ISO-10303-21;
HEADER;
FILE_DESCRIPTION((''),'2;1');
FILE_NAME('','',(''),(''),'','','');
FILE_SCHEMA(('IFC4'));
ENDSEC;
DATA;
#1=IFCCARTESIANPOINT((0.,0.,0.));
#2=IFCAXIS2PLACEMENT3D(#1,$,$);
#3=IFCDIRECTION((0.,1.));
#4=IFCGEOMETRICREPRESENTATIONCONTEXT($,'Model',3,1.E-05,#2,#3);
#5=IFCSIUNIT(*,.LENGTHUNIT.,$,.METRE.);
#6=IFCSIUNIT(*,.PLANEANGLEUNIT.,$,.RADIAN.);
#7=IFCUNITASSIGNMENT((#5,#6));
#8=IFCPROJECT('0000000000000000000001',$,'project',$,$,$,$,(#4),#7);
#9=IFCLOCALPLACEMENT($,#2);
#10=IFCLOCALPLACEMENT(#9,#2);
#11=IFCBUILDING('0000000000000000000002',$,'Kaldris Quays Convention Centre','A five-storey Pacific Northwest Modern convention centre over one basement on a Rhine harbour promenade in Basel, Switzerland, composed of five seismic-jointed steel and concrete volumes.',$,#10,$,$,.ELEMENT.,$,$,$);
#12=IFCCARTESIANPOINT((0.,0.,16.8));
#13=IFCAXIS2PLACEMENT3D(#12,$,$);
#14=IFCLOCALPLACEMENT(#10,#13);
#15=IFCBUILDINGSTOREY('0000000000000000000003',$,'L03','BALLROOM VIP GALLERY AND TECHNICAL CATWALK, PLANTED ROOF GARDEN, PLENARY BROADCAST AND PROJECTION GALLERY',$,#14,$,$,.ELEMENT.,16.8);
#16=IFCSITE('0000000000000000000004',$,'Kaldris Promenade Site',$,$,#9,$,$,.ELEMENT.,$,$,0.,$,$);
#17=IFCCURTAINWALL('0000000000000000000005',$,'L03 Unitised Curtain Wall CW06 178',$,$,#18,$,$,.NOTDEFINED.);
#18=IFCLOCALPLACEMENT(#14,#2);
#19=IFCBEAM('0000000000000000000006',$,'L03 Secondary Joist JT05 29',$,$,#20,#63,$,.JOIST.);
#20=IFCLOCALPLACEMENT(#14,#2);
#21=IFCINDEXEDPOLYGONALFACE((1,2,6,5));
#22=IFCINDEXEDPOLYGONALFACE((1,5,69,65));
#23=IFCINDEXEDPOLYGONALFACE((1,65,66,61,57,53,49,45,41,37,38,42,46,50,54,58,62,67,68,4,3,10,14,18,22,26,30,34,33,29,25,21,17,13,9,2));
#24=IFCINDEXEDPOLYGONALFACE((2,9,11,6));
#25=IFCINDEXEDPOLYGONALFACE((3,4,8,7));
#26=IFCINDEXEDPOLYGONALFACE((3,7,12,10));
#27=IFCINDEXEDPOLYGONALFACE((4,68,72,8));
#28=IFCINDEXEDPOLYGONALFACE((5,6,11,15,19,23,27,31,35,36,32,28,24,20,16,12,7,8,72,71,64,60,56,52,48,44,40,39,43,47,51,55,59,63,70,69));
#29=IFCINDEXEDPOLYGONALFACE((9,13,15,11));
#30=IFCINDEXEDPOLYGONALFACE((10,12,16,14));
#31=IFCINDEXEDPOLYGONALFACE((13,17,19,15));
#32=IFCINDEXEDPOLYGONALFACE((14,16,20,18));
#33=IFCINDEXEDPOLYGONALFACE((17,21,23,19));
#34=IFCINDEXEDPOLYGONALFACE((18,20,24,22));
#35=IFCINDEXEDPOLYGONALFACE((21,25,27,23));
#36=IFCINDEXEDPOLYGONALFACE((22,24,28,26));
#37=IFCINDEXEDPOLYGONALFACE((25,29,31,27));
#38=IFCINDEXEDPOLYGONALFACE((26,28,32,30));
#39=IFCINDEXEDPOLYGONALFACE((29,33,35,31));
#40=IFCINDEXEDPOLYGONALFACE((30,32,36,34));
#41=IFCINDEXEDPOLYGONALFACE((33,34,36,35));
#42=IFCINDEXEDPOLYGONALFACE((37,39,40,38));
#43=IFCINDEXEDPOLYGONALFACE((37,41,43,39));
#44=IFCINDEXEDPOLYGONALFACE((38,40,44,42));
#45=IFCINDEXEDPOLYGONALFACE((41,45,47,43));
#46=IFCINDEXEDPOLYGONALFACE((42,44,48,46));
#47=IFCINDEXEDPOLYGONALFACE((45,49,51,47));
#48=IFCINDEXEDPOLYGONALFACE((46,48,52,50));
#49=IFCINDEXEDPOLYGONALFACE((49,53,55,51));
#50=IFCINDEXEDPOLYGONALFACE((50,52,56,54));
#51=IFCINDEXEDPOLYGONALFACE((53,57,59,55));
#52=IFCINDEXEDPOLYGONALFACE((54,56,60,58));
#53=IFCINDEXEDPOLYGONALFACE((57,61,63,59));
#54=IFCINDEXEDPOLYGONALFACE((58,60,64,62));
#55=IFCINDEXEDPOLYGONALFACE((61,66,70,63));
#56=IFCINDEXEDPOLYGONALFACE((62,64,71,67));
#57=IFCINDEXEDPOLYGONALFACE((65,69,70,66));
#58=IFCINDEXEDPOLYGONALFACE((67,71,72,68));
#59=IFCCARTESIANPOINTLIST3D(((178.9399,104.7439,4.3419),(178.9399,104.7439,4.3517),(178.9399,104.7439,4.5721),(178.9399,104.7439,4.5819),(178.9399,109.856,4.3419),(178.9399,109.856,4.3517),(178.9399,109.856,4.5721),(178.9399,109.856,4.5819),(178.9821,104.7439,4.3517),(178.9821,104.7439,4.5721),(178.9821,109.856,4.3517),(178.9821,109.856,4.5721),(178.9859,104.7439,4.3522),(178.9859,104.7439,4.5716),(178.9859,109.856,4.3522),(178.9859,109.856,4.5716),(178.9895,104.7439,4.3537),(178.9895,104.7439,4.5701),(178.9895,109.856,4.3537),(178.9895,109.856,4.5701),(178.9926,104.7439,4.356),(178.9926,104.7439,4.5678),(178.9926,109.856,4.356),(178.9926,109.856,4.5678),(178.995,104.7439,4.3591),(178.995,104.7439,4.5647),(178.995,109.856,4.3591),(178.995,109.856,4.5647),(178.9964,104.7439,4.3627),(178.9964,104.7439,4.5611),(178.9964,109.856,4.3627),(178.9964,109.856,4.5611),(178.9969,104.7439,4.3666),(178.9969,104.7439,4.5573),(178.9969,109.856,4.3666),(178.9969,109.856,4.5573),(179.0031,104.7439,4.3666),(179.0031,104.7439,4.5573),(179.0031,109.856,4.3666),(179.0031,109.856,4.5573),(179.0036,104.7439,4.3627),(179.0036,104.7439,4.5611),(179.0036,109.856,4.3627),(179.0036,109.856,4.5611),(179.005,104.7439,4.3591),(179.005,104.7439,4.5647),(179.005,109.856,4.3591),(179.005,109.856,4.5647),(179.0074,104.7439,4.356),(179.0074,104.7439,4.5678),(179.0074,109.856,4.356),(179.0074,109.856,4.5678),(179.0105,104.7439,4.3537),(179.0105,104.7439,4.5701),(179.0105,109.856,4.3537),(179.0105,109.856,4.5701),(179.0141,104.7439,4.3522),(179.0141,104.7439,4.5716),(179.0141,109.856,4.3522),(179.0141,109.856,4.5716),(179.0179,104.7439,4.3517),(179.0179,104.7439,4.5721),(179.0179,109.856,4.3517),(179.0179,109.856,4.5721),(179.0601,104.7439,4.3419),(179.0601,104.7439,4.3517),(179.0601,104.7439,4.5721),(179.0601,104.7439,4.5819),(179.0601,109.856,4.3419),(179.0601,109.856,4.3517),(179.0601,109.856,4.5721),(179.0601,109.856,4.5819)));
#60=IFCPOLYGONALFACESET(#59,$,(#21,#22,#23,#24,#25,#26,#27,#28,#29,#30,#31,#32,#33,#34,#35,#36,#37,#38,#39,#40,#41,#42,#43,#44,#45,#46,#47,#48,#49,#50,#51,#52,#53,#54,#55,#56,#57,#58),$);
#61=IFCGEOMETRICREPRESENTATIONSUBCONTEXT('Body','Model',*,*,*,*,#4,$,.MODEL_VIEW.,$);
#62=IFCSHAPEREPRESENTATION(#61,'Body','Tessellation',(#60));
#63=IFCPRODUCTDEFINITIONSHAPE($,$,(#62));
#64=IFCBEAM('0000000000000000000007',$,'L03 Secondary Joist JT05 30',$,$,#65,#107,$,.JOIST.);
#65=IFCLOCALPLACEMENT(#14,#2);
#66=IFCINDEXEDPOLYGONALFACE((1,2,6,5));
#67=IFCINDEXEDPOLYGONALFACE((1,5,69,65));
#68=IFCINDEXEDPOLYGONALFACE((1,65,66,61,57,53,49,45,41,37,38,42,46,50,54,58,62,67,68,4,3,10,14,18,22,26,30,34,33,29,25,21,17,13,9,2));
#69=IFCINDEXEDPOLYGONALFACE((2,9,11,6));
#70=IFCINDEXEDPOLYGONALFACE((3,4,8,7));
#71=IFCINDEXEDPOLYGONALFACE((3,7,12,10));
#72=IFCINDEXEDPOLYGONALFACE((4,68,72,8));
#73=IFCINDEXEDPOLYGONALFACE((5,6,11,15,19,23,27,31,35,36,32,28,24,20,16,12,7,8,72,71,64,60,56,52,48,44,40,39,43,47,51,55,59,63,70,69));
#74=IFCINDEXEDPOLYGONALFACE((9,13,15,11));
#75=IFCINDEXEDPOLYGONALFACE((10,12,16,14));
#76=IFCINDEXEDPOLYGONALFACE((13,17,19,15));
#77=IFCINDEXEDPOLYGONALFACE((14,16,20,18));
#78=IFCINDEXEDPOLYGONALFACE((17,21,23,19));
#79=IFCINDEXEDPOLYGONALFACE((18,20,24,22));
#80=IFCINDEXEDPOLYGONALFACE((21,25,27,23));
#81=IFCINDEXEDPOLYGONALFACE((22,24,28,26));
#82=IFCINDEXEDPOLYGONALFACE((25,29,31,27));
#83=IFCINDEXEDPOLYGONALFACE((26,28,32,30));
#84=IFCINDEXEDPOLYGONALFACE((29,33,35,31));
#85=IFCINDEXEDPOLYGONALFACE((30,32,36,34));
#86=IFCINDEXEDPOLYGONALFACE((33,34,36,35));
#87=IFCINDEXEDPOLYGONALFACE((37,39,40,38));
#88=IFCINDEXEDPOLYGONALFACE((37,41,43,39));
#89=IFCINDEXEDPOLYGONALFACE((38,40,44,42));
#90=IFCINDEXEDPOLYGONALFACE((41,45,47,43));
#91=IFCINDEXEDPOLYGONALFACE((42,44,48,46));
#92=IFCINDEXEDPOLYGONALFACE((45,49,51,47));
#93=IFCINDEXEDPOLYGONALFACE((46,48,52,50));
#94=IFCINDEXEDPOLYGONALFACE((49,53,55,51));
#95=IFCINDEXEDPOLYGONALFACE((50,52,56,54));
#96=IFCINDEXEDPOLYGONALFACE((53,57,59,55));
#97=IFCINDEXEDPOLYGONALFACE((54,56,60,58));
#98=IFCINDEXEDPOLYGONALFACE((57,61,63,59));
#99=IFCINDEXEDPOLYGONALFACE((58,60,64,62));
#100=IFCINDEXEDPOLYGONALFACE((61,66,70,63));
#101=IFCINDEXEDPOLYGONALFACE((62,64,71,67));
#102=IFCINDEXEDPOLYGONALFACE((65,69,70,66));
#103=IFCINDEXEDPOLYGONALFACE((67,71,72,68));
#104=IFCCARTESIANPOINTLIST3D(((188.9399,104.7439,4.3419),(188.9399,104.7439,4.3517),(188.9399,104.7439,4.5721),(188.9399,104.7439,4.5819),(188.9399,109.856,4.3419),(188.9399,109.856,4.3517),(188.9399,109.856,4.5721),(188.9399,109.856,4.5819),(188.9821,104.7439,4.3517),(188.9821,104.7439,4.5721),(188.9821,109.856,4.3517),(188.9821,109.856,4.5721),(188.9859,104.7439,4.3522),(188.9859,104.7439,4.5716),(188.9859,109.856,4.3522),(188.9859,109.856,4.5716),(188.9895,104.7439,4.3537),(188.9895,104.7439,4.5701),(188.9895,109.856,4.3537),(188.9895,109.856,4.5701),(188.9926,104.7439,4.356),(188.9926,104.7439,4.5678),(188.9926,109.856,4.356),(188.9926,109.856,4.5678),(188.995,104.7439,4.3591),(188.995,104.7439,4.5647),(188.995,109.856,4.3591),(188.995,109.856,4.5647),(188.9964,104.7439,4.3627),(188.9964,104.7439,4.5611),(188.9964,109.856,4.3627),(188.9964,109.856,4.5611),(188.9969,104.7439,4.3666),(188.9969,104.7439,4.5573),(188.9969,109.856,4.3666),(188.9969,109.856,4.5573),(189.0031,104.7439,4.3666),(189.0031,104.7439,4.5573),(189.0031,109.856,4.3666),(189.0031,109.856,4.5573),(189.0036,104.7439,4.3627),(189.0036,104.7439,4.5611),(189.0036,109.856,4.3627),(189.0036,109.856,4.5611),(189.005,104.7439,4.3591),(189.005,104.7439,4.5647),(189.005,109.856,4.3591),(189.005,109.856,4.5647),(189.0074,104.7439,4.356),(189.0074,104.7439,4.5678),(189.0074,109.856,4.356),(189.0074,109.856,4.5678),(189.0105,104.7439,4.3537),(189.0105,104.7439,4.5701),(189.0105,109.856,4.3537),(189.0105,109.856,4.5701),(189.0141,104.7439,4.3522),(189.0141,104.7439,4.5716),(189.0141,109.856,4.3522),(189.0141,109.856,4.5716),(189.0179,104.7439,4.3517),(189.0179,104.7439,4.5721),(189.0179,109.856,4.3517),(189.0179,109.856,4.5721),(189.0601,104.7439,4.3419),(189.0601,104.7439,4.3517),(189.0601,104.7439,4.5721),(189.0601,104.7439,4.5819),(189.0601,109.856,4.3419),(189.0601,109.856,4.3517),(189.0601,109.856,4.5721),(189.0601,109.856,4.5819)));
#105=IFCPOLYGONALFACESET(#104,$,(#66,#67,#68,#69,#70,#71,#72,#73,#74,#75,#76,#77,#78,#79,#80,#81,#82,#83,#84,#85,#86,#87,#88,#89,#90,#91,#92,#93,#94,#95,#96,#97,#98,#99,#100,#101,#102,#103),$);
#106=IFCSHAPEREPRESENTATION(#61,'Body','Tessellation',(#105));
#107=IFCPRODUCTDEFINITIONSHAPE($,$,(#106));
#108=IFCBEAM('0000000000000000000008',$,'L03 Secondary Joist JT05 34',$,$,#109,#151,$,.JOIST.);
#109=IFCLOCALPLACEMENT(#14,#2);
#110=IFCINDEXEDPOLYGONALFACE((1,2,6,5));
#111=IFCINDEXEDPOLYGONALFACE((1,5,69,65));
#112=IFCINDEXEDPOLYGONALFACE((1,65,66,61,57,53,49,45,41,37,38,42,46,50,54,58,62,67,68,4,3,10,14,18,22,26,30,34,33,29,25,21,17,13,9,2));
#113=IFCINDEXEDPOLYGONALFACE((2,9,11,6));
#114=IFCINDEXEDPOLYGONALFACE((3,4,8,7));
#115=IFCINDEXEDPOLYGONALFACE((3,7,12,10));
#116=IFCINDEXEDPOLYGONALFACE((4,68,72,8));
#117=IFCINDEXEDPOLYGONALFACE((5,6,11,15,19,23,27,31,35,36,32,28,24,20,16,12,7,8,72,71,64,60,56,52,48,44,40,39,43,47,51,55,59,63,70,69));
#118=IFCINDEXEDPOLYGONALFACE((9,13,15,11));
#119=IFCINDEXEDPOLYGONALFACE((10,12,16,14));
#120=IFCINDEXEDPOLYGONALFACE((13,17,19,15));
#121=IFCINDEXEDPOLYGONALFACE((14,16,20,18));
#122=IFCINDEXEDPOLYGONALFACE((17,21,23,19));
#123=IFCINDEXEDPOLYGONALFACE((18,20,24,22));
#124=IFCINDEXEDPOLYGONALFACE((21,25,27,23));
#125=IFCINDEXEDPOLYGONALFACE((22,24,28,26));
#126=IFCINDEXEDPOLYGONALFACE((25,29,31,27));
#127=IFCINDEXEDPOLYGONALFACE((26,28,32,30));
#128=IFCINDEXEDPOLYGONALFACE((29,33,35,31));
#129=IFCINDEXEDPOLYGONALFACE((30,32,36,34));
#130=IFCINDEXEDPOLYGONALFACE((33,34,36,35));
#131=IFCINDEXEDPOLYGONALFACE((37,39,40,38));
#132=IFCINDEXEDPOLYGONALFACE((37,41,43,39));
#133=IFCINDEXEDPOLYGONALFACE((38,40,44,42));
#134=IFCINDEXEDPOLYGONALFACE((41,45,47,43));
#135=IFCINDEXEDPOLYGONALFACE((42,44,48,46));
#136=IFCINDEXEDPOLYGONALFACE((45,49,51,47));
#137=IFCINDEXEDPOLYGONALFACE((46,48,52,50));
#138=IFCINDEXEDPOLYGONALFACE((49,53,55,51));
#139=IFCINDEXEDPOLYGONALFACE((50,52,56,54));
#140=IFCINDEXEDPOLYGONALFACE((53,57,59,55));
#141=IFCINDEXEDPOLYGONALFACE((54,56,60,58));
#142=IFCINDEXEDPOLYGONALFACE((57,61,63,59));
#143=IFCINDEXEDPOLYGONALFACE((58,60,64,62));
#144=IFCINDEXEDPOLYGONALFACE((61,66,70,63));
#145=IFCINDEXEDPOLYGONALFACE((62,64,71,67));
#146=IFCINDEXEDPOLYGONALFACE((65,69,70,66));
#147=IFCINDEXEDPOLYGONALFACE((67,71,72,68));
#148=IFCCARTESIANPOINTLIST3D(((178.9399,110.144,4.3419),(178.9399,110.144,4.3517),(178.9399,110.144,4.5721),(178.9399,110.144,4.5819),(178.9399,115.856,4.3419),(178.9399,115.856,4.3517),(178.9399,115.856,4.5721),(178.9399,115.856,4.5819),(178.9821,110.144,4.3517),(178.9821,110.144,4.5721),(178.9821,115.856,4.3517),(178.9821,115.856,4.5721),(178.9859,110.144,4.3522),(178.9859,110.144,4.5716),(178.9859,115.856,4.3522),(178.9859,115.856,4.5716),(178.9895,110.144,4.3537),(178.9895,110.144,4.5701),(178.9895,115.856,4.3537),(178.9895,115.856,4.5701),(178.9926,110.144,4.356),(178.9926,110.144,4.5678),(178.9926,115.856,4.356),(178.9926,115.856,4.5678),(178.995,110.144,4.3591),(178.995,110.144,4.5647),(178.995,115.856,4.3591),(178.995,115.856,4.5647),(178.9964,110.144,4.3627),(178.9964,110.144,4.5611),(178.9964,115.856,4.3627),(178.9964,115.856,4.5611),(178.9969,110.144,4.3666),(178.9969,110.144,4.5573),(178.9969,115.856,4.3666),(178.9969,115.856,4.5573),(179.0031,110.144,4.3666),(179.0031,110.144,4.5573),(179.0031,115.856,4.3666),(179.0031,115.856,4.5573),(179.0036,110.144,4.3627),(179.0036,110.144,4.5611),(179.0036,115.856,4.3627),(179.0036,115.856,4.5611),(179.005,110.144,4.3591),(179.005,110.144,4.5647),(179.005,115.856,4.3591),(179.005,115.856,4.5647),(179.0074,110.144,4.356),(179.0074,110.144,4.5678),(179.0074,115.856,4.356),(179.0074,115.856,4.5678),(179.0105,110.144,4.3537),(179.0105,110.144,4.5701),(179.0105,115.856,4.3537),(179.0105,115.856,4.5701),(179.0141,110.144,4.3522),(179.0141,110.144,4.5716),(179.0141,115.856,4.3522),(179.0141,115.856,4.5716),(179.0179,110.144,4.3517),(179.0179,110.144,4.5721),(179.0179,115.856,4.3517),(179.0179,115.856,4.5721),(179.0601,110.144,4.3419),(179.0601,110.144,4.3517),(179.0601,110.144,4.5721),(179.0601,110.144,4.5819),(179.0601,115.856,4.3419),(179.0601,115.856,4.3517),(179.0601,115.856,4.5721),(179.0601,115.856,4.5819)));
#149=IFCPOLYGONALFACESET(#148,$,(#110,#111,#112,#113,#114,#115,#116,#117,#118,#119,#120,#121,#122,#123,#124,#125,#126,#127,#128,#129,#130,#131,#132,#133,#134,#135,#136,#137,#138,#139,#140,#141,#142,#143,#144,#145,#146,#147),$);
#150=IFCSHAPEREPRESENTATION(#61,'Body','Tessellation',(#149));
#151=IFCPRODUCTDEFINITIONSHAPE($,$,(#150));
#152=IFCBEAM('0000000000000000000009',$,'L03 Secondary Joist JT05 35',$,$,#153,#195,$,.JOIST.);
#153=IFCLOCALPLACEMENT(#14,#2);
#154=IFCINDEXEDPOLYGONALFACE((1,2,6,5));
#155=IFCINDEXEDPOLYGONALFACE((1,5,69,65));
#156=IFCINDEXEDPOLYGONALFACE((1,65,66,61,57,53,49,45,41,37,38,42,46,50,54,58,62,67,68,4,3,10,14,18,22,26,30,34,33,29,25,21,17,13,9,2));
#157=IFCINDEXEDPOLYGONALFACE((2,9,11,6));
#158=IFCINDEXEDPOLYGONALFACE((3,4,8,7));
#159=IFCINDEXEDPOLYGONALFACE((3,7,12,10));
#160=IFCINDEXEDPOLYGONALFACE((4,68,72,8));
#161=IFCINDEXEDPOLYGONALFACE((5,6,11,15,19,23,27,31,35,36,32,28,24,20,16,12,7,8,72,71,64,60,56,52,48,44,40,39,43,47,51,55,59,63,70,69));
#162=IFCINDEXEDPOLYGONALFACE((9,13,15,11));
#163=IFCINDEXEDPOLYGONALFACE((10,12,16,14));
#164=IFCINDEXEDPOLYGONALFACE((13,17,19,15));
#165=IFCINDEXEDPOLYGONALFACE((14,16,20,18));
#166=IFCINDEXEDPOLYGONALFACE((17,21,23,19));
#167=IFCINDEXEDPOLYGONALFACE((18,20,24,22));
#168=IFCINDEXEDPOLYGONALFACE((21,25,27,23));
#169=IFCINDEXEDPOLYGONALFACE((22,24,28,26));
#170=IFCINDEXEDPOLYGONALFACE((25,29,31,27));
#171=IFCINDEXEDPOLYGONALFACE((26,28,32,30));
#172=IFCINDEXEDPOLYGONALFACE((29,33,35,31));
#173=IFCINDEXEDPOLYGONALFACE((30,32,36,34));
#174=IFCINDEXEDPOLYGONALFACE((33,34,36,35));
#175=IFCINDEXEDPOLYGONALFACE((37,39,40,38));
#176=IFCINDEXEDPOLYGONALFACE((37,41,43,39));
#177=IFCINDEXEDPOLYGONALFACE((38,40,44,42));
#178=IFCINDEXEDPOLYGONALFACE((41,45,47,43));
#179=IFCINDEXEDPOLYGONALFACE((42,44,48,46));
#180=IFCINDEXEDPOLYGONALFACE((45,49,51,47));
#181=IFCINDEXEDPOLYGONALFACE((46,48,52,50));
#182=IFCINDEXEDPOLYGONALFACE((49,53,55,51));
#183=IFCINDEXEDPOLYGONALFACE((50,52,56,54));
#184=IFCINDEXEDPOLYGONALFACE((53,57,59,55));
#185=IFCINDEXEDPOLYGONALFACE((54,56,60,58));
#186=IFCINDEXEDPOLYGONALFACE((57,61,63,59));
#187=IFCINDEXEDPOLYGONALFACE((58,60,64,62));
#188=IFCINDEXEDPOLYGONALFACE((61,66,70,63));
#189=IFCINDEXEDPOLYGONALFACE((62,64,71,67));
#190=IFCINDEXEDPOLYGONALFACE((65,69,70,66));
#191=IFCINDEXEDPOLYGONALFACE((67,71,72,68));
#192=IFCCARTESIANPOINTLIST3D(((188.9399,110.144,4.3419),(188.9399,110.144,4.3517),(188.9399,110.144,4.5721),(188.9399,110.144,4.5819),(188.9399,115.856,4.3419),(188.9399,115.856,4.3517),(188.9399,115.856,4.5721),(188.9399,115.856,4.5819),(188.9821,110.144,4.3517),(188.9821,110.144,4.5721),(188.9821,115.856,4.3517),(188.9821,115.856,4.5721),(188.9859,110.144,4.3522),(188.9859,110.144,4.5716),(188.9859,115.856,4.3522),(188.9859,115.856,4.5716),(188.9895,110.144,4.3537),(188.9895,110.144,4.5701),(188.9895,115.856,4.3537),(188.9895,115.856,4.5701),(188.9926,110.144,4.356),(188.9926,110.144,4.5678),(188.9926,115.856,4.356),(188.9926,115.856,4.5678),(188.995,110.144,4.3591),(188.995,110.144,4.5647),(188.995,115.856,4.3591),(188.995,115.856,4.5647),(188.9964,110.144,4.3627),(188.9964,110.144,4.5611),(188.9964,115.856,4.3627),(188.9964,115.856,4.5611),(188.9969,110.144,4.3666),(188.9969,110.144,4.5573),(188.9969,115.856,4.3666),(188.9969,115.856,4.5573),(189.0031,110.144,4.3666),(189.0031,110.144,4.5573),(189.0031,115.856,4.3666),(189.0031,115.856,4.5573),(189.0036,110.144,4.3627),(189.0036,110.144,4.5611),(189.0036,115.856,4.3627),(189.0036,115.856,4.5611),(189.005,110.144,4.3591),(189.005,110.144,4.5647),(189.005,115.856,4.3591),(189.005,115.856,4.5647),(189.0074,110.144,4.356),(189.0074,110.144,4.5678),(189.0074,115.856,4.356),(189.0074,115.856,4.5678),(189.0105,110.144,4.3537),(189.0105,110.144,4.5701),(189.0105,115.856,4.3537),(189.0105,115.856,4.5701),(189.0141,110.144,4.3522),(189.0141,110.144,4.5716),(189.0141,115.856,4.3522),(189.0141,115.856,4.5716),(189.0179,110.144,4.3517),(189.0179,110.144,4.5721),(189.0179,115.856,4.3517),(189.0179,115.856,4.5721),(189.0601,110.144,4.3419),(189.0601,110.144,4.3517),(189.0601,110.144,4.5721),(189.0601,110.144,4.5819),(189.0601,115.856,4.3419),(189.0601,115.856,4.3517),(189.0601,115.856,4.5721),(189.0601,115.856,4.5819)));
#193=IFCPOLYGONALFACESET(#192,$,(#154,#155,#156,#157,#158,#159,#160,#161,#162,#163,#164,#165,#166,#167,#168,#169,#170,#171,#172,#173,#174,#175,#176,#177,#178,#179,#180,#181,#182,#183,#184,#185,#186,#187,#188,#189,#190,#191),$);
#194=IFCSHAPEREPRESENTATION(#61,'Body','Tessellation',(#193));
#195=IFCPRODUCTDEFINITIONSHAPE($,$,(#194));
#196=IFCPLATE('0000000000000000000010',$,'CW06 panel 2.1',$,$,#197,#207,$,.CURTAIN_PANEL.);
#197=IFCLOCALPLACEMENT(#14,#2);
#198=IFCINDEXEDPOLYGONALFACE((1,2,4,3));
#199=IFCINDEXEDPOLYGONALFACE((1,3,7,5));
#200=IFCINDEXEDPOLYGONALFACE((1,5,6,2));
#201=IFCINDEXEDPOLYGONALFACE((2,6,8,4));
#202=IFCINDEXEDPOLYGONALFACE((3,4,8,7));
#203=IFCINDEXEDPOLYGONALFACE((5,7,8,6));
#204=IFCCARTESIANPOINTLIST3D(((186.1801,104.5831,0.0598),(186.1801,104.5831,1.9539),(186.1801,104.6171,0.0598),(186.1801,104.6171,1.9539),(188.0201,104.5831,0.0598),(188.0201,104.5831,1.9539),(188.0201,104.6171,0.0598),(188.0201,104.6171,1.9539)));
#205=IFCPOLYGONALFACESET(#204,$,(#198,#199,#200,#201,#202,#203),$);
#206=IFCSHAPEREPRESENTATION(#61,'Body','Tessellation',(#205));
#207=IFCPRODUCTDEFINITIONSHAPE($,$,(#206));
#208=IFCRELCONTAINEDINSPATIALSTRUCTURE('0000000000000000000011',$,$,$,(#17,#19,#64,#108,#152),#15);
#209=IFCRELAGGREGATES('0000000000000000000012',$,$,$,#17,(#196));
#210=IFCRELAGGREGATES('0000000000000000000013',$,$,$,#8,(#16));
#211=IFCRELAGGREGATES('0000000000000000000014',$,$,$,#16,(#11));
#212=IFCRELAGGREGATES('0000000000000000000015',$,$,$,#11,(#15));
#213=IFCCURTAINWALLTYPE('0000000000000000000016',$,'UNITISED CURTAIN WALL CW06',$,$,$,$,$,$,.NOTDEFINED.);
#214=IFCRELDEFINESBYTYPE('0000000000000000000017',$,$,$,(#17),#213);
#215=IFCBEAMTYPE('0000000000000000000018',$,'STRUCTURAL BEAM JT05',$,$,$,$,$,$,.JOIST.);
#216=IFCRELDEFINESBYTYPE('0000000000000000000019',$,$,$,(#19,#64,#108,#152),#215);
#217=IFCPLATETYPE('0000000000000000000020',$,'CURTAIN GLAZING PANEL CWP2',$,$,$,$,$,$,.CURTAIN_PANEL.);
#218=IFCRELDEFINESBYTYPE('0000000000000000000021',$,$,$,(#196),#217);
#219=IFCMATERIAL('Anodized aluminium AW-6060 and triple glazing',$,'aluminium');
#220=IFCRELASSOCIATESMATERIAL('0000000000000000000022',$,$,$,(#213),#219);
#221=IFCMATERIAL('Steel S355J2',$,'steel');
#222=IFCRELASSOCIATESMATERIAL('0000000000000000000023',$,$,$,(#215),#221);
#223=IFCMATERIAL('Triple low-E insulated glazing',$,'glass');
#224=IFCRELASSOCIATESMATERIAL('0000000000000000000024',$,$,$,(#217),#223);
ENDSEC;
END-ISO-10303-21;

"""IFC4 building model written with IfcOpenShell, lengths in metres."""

from ifc_helpers import new_model, si_unit, direction, frame, origin, origin_2d, place, context, subcontext, project, spatial, rectangle, i_section, extrude, material, material_profile, profile_set, type_object, element, aggregate, save


model = new_model("IFC4")

# Units and contexts
model_context = context("Model", 3, precision=1e-05, world=origin(), true_north=direction((0.0, 1.0)))
body_context = subcontext(model_context, "Body", "Model", "MODEL_VIEW")
ifc_project = project(units=[si_unit("LENGTHUNIT", "METRE"), si_unit("PLANEANGLEUNIT", "RADIAN")], contexts=[model_context])

# Site, building, storey
site_placement = place(None, origin())
site = spatial("IfcSite", under=ifc_project, at=site_placement, Name="Kaldris Promenade Site", CompositionType="ELEMENT", RefElevation=0.0)
building_placement = place(site_placement, origin())
building = spatial("IfcBuilding", under=site, at=building_placement, Name="Kaldris Quays Convention Centre", Description="A five-storey Pacific Northwest Modern convention centre over one basement on a Rhine harbour promenade in Basel, Switzerland, composed of five seismic-jointed steel and concrete volumes.", CompositionType="ELEMENT")
storey_placement = place(building_placement, frame((0.0, 0.0, 16.8)))
storey = spatial("IfcBuildingStorey", under=building, at=storey_placement, Name="L03", Description="BALLROOM VIP GALLERY AND TECHNICAL CATWALK, PLANTED ROOF GARDEN, PLENARY BROADCAST AND PROJECTION GALLERY", CompositionType="ELEMENT", Elevation=16.8)

# Shared definitions
ifc_material_1 = material(Name="Steel S355J2", Category="steel")

# Curtain wall
ifc_material_2 = material(Name="Anodized aluminium AW-6060 and triple glazing", Category="aluminium")
curtain_wall_type = type_object("IfcCurtainWallType", Name="UNITISED CURTAIN WALL CW06", PredefinedType="NOTDEFINED", material=ifc_material_2)
curtain_wall_1_placement = place(storey_placement, origin())
curtain_wall_1 = element("IfcCurtainWall", 1, at=curtain_wall_1_placement, inside=storey, type_object=curtain_wall_type, Name="L03 Unitised Curtain Wall CW06 178", PredefinedType="NOTDEFINED")

# Beams
ifc_material_profile_1 = material_profile(ifc_material_1, i_section(OverallWidth=0.1201, OverallDepth=0.24, WebThickness=0.0061, FlangeThickness=0.0098, FilletRadius=0.0149, at=origin_2d()), Name="IPE 240")
ifc_profile_set_1 = profile_set([ifc_material_profile_1], Name="Steel S355J2")
beam_type_1 = type_object("IfcBeamType", Name="STRUCTURAL BEAM JT05", PredefinedType="JOIST", material=ifc_profile_set_1)
for number, where, z_axis, x_axis, name in (
    (2, (179.0, 104.7439, 4.4619), (0.0, 1.0, 0.0), (-1.0, 0.0, 0.0), "L03 Secondary Joist JT05 29"),
    (3, (189.0, 104.7439, 4.4619), (0.0, 1.0, 0.0), (-1.0, 0.0, 0.0), "L03 Secondary Joist JT05 30"),
):
    element("IfcBeam", number, at=place(storey_placement, frame(where, z_axis=z_axis, x_axis=x_axis)), inside=storey, type_object=beam_type_1, Name=name, PredefinedType="JOIST", context=body_context, shape_type="SweptSolid", body=[
        extrude(i_section(OverallWidth=0.1201, OverallDepth=0.24, WebThickness=0.0061, FlangeThickness=0.0098, FilletRadius=0.0149, at=origin_2d()), origin(), (0.0, 0.0, 1.0), 5.1121),
    ])
for number, where, z_axis, x_axis, name in (
    (4, (179.0, 110.144, 4.4619), (0.0, 1.0, 0.0), (-1.0, 0.0, 0.0), "L03 Secondary Joist JT05 34"),
    (5, (189.0, 110.144, 4.4619), (0.0, 1.0, 0.0), (-1.0, 0.0, 0.0), "L03 Secondary Joist JT05 35"),
):
    element("IfcBeam", number, at=place(storey_placement, frame(where, z_axis=z_axis, x_axis=x_axis)), inside=storey, type_object=beam_type_1, Name=name, PredefinedType="JOIST", context=body_context, shape_type="SweptSolid", body=[
        extrude(i_section(OverallWidth=0.1201, OverallDepth=0.24, WebThickness=0.0061, FlangeThickness=0.0098, FilletRadius=0.0149, at=origin_2d()), origin(), (0.0, 0.0, 1.0), 5.7119),
    ])

# Plate
ifc_material_3 = material(Name="Triple low-E insulated glazing", Category="glass")
plate_type_1 = type_object("IfcPlateType", Name="CURTAIN GLAZING PANEL CWP2", PredefinedType="CURTAIN_PANEL", material=ifc_material_3)
plate_1_placement = place(storey_placement, frame((187.1001, 104.6001, 0.0598), z_axis=(0.0, 0.0, 1.0), x_axis=(1.0, 0.0, 0.0)))
plate_1 = element("IfcPlate", 6, at=plate_1_placement, type_object=plate_type_1, Name="CW06 panel 2.1", PredefinedType="CURTAIN_PANEL", context=body_context, shape_type="SweptSolid", body=[
    extrude(rectangle(XDim=1.8401, YDim=0.0339, at=origin_2d()), origin(), (0.0, 0.0, 1.0), 1.894),
])
aggregate(curtain_wall_1, [plate_1])

save(model, "model.ifc")
